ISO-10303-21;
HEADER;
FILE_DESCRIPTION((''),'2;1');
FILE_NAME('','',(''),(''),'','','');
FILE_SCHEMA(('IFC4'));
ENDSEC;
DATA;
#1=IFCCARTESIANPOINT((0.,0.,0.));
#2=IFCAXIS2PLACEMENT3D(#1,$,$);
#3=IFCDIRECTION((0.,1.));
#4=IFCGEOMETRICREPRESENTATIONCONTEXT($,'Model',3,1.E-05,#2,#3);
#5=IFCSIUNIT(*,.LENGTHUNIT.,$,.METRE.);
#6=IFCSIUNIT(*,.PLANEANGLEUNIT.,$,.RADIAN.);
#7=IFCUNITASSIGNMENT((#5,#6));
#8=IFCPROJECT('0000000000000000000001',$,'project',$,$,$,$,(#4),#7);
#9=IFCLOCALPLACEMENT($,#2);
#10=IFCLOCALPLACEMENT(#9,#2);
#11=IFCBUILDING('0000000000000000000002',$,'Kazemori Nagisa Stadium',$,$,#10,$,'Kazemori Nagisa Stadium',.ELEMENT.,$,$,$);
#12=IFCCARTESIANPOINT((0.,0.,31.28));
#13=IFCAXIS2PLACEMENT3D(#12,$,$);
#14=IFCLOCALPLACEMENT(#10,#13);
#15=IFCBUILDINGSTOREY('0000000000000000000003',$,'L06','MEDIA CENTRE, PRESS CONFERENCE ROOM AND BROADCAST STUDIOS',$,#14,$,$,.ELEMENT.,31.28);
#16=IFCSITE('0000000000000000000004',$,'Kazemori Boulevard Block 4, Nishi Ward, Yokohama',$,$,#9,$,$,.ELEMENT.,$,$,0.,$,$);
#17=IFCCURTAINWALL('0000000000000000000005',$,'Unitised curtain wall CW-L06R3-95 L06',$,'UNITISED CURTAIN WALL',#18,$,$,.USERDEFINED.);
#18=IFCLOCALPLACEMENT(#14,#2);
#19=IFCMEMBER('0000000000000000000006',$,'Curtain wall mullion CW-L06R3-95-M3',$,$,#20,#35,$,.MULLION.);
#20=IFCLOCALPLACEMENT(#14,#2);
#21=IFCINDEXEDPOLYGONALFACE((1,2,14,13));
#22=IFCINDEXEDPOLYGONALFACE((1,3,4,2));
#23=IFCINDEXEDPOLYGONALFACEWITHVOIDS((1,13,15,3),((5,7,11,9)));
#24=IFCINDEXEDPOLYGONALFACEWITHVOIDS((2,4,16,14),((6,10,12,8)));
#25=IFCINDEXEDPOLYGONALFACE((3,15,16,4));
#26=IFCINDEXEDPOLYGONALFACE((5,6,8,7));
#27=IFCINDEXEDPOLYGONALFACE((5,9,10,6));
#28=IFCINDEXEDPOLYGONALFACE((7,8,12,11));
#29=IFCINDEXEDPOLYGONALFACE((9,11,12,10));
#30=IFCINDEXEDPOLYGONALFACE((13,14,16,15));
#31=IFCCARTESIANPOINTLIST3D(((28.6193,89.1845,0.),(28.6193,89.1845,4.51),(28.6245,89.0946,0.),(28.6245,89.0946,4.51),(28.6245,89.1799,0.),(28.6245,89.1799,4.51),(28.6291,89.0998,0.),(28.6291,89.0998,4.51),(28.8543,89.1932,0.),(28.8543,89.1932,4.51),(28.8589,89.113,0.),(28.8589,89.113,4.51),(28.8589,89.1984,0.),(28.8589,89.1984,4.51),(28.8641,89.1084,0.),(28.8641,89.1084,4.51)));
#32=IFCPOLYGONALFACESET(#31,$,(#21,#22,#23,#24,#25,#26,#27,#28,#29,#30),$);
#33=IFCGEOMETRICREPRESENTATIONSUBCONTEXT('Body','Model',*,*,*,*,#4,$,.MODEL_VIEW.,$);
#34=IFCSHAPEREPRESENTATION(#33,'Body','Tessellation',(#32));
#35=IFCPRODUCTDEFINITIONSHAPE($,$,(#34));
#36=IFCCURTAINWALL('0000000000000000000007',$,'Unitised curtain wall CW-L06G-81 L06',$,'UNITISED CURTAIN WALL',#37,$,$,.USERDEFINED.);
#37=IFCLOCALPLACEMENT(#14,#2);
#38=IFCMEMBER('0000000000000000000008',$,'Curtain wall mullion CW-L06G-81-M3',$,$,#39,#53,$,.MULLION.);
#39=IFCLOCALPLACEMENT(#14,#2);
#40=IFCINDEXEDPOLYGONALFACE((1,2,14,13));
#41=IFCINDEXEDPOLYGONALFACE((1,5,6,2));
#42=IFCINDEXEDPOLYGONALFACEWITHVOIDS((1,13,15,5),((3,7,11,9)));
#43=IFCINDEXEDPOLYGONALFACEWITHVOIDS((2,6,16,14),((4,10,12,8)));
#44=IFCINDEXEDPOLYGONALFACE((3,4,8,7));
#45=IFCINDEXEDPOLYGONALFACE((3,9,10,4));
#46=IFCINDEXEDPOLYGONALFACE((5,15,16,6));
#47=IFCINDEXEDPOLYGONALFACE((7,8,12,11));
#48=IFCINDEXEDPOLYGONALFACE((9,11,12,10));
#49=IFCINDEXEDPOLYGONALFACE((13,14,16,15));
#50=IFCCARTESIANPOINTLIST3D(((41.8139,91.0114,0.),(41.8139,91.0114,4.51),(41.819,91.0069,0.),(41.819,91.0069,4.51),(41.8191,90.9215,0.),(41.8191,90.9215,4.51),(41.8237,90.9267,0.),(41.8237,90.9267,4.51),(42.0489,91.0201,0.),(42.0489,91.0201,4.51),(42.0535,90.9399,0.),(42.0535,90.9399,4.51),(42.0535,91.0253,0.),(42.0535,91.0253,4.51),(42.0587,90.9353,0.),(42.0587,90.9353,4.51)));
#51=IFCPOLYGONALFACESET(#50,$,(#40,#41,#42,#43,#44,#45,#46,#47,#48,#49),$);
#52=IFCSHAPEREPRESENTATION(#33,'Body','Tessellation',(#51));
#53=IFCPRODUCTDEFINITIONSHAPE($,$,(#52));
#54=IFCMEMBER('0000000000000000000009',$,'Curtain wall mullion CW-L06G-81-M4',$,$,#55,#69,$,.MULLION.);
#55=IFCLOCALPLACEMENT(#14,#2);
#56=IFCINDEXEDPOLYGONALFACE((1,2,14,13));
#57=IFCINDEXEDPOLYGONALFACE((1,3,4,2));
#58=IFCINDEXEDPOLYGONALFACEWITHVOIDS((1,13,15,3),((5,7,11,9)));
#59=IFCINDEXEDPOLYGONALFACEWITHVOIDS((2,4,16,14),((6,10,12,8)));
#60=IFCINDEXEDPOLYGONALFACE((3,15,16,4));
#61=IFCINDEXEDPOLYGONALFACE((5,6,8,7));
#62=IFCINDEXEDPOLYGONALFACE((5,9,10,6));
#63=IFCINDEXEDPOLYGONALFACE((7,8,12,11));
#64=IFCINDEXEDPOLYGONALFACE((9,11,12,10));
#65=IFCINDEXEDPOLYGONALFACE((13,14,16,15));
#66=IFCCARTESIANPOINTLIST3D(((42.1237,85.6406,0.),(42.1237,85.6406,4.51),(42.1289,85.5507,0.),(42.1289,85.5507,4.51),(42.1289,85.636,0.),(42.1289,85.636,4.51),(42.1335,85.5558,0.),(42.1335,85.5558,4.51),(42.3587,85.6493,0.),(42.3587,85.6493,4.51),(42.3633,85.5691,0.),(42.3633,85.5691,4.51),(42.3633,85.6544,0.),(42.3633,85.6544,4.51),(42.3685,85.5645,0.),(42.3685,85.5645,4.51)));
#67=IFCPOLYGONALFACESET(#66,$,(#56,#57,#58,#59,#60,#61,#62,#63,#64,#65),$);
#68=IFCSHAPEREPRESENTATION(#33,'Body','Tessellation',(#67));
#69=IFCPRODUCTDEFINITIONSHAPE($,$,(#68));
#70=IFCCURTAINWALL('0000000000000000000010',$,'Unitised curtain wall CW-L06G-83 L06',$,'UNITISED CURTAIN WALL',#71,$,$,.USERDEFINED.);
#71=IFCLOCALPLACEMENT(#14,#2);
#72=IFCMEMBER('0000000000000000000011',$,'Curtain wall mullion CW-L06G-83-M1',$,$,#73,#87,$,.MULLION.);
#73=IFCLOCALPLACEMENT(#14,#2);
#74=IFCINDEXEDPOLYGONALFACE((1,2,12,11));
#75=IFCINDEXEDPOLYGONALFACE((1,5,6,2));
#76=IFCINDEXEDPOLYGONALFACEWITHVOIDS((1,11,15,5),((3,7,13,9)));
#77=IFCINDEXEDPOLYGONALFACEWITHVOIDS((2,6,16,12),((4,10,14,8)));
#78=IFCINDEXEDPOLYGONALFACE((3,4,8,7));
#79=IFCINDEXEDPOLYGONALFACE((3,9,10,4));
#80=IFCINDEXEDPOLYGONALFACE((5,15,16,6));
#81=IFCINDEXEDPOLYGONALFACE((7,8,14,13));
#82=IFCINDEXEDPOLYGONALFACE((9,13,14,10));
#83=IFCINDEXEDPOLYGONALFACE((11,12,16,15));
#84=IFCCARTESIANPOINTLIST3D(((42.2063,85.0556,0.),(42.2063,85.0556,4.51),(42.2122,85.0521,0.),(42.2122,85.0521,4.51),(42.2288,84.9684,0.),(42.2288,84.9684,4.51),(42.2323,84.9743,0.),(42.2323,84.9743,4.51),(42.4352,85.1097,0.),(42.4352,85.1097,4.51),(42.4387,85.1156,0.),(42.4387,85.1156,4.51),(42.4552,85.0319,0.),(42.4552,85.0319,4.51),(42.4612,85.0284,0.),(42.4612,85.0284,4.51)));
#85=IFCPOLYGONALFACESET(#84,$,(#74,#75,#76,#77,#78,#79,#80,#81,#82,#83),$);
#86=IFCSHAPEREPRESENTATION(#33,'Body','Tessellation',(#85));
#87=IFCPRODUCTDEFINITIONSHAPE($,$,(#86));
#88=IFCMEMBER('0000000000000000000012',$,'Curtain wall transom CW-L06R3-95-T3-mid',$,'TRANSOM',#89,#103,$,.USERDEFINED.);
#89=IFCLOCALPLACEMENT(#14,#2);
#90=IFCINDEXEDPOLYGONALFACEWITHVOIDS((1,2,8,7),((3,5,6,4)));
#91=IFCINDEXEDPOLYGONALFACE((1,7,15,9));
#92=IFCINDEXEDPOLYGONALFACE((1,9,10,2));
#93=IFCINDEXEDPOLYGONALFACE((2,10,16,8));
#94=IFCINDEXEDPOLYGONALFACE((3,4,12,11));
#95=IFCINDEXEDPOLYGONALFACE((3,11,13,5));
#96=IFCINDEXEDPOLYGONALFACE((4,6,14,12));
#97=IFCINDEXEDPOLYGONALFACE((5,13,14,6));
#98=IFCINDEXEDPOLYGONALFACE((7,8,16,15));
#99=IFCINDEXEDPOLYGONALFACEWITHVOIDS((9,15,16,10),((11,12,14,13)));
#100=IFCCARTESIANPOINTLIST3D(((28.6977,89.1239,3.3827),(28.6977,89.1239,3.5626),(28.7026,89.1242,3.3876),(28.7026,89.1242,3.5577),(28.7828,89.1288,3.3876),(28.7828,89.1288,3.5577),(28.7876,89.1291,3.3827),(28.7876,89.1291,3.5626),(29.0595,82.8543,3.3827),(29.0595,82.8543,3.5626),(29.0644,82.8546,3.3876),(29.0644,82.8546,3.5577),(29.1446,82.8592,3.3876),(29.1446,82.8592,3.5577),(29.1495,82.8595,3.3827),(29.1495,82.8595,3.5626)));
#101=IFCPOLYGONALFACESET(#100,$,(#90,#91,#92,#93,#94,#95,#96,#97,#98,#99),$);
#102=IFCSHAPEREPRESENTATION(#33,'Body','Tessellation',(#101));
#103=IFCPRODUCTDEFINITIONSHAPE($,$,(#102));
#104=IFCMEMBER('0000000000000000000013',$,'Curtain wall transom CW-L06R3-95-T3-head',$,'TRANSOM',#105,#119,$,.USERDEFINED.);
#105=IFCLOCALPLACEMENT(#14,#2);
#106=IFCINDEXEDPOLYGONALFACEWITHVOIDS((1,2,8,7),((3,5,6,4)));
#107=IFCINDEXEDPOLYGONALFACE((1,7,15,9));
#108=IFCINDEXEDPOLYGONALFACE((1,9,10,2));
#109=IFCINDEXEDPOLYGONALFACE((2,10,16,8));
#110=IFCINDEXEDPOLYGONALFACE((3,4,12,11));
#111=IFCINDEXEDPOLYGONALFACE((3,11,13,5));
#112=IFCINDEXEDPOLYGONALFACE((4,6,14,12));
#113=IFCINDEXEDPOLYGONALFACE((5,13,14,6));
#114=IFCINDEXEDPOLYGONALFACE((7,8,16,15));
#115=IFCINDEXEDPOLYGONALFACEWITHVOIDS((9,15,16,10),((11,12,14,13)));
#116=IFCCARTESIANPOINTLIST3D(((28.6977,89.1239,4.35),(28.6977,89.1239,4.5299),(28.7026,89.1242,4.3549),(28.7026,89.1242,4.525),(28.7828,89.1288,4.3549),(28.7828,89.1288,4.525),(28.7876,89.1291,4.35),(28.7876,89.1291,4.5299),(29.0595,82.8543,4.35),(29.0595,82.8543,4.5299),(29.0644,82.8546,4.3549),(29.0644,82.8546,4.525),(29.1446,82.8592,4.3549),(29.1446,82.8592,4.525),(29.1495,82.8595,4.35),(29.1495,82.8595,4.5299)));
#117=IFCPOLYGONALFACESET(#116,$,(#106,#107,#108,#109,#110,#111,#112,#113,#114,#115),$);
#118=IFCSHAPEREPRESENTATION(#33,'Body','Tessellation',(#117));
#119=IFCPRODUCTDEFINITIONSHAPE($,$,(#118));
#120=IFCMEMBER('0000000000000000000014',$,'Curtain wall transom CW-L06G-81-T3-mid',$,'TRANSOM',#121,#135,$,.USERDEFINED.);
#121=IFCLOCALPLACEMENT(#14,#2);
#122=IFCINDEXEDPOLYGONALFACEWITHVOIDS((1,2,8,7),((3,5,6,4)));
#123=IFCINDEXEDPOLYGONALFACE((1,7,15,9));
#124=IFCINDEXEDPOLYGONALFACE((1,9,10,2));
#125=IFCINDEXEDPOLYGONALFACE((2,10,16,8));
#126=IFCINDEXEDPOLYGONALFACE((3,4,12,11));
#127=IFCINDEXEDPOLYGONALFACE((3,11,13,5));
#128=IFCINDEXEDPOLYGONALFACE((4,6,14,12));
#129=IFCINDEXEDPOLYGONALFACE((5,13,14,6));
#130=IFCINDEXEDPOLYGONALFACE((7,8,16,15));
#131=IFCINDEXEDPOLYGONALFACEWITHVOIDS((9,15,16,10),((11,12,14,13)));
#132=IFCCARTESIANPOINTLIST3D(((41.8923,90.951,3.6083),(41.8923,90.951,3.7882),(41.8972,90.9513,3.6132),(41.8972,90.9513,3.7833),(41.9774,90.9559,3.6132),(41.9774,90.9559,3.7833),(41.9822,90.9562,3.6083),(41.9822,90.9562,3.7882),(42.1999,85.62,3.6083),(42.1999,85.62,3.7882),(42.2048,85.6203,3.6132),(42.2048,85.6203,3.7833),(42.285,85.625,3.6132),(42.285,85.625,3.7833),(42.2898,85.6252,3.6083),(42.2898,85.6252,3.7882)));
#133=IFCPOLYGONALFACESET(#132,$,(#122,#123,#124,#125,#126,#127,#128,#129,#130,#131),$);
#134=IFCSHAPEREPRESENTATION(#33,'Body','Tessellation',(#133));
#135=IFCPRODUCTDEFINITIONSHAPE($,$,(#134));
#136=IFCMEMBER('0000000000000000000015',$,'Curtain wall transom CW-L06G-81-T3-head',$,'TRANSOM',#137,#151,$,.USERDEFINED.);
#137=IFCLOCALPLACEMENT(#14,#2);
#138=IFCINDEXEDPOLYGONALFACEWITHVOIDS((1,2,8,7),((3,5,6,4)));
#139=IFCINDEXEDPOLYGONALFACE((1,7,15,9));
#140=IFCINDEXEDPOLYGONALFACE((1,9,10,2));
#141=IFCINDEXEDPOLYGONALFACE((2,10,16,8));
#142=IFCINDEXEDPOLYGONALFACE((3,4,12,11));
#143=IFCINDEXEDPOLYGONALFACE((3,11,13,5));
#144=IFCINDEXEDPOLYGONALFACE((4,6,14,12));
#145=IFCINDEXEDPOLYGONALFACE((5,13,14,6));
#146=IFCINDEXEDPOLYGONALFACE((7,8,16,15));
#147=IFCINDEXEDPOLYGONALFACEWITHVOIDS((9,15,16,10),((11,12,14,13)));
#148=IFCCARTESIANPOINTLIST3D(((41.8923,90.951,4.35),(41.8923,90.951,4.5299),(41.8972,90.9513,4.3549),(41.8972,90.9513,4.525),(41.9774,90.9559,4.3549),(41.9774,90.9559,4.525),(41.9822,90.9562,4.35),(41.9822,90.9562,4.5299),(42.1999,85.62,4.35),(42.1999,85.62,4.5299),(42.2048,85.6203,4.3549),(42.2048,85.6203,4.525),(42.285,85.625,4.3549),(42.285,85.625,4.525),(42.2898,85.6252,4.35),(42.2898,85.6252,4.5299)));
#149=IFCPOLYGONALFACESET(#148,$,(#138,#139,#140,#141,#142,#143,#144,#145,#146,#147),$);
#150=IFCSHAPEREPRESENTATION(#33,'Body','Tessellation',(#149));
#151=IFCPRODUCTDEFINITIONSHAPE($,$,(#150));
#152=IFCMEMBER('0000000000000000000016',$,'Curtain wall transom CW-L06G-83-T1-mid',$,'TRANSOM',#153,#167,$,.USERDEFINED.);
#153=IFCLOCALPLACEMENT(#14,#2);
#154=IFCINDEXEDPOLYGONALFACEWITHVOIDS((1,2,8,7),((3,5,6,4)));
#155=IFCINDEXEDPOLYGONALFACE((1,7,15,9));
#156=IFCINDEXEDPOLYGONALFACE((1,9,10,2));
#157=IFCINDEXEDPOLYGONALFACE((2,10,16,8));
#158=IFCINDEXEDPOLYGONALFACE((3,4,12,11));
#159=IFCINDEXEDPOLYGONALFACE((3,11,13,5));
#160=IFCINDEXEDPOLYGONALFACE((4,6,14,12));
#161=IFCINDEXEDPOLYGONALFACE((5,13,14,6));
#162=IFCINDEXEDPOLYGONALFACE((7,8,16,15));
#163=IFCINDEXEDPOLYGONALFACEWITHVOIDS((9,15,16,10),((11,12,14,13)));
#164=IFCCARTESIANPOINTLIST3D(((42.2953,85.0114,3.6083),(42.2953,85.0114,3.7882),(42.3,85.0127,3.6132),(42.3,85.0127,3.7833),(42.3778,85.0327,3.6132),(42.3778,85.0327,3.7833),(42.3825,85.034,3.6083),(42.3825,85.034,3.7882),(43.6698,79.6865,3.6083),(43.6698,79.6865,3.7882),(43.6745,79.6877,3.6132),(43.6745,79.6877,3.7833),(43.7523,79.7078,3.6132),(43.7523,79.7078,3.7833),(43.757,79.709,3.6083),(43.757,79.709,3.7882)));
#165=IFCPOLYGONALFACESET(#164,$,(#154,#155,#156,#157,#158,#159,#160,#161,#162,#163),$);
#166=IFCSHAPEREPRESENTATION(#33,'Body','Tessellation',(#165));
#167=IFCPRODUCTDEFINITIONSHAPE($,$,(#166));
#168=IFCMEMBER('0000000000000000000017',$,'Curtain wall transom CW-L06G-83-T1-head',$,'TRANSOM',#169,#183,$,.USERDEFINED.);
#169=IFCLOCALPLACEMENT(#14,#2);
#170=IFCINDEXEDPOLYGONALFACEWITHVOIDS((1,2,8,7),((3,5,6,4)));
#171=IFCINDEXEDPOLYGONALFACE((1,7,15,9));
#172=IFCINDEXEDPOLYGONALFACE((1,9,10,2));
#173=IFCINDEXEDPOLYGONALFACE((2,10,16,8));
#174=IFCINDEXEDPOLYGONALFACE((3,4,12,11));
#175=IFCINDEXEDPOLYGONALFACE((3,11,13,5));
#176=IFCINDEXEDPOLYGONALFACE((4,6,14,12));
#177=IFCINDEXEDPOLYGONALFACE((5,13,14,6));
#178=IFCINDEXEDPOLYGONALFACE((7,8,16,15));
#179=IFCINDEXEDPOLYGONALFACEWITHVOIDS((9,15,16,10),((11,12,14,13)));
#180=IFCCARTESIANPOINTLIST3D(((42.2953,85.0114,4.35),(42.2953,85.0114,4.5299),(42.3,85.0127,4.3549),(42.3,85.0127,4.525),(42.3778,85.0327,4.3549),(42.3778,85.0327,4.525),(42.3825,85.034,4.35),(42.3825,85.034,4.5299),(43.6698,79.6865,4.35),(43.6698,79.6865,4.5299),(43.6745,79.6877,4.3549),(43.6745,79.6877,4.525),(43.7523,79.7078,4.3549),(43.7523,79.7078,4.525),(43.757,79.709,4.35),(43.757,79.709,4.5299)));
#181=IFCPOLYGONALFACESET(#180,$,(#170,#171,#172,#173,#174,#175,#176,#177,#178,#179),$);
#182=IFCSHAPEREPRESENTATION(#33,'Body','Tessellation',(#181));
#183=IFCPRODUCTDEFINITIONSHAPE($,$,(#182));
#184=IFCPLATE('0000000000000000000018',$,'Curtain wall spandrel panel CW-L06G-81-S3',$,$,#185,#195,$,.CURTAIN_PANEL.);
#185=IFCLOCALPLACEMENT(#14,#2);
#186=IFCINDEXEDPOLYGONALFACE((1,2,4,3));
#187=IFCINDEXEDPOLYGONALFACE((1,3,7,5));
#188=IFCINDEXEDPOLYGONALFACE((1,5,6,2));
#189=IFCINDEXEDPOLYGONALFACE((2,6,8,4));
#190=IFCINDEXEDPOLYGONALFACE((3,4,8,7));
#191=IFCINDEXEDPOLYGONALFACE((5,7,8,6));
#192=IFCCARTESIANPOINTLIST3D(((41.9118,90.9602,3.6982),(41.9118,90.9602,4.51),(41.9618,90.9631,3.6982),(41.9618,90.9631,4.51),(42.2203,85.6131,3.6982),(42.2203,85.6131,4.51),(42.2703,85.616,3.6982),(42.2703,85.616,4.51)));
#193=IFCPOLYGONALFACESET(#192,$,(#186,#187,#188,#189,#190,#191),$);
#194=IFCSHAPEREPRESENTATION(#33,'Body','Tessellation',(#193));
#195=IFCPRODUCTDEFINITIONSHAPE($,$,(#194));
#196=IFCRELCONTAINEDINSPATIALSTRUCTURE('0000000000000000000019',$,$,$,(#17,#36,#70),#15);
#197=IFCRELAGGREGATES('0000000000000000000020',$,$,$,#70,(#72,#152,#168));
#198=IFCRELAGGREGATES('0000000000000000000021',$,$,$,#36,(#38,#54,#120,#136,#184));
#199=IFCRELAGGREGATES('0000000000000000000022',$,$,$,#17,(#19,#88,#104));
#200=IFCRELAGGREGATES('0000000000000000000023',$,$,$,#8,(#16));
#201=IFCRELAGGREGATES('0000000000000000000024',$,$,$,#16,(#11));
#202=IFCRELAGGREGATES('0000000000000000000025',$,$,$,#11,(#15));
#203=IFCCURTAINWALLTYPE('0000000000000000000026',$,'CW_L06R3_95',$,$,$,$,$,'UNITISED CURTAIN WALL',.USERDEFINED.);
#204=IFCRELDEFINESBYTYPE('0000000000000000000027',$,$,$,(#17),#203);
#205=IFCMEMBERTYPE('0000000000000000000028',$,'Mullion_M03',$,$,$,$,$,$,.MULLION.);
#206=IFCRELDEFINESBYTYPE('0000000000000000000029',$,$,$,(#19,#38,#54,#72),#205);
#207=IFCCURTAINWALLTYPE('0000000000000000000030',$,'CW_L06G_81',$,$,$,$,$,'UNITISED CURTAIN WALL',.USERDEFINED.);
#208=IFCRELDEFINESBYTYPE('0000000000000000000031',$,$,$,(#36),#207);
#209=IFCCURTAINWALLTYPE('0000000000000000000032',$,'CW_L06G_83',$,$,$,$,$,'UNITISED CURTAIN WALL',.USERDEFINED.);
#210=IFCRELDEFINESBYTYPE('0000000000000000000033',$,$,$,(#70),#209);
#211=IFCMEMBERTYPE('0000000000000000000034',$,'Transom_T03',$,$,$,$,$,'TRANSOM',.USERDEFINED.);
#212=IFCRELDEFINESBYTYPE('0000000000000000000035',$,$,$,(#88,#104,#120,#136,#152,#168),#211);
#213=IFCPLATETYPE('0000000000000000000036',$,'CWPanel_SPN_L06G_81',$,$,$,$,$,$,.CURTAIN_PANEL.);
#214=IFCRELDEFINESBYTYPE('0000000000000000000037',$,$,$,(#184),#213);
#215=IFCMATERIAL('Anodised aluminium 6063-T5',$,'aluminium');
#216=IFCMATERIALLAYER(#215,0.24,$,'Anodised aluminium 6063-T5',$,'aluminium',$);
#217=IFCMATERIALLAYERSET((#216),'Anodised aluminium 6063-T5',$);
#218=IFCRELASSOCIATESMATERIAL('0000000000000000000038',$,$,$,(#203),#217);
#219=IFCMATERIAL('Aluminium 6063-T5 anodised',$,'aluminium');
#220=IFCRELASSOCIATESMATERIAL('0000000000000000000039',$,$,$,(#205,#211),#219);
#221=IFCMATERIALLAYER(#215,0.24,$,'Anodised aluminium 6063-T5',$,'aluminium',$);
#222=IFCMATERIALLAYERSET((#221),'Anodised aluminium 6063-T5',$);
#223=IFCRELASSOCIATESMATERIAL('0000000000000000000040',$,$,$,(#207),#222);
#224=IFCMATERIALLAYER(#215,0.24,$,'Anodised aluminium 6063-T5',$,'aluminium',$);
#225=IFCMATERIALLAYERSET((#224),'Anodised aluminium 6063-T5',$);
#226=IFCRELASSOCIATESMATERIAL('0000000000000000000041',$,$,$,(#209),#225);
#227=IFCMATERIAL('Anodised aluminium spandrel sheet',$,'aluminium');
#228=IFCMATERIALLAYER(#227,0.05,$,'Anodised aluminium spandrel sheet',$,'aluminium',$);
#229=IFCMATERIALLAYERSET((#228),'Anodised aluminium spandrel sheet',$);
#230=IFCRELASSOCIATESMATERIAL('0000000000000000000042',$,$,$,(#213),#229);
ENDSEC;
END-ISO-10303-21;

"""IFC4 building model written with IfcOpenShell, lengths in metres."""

from ifc_helpers import new_model, si_unit, direction, frame, origin, origin_2d, place, context, subcontext, project, spatial, rectangle, hollow_rectangle, extrude, material, layer, layer_set, material_profile, profile_set, type_object, element, aggregate, save


model = new_model("IFC4")

# Units and contexts
model_context = context("Model", 3, precision=1e-05, world=origin(), true_north=direction((0.0, 1.0)))
body_context = subcontext(model_context, "Body", "Model", "MODEL_VIEW")
ifc_project = project(units=[si_unit("LENGTHUNIT", "METRE"), si_unit("PLANEANGLEUNIT", "RADIAN")], contexts=[model_context])

# Site, building, storey
site_placement = place(None, origin())
site = spatial("IfcSite", under=ifc_project, at=site_placement, Name="Kazemori Boulevard Block 4, Nishi Ward, Yokohama", CompositionType="ELEMENT", RefElevation=0.0)
building_placement = place(site_placement, origin())
building = spatial("IfcBuilding", under=site, at=building_placement, Name="Kazemori Nagisa Stadium", LongName="Kazemori Nagisa Stadium", CompositionType="ELEMENT")
storey_placement = place(building_placement, frame((0.0, 0.0, 31.28)))
storey = spatial("IfcBuildingStorey", under=building, at=storey_placement, Name="L06", Description="MEDIA CENTRE, PRESS CONFERENCE ROOM AND BROADCAST STUDIOS", CompositionType="ELEMENT", Elevation=31.28)

# Curtain wall, member
ifc_material_1 = material(Name="Anodised aluminium 6063-T5", Category="aluminium")
ifc_layer_1 = layer(ifc_material_1, 0.24, Name="Anodised aluminium 6063-T5", Category="aluminium")
ifc_layer_set_1 = layer_set([ifc_layer_1], Name="Anodised aluminium 6063-T5")
curtain_wall_type_1 = type_object("IfcCurtainWallType", Name="CW_L06R3_95", ElementType="UNITISED CURTAIN WALL", PredefinedType="USERDEFINED", material=ifc_layer_set_1)
curtain_wall_1_placement = place(storey_placement, origin())
curtain_wall_1 = element("IfcCurtainWall", 1, at=curtain_wall_1_placement, inside=storey, type_object=curtain_wall_type_1, Name="Unitised curtain wall CW-L06R3-95 L06", ObjectType="UNITISED CURTAIN WALL", PredefinedType="USERDEFINED")
ifc_material_2 = material(Name="Aluminium 6063-T5 anodised", Category="aluminium")
ifc_material_profile_1 = material_profile(ifc_material_2, hollow_rectangle(XDim=0.0901, YDim=0.24, WallThickness=0.0049, at=origin_2d()), Name="ALU-MULL-90x240x5")
ifc_profile_set_1 = profile_set([ifc_material_profile_1], Name="Aluminium 6063-T5 anodised")
member_type_1 = type_object("IfcMemberType", Name="Mullion_M03", PredefinedType="MULLION", material=ifc_profile_set_1)
member_1_placement = place(storey_placement, frame((28.7417, 89.1465, 0.0), z_axis=(0.0, 0.0, 1.0), x_axis=(0.057602, -0.99834, 0.0)))
member_1 = element("IfcMember", 2, at=member_1_placement, type_object=member_type_1, Name="Curtain wall mullion CW-L06R3-95-M3", PredefinedType="MULLION", context=body_context, shape_type="SweptSolid", body=[
    extrude(hollow_rectangle(XDim=0.0901, YDim=0.24, WallThickness=0.0049, at=origin_2d()), origin(), (0.0, 0.0, 1.0), 4.51),
])

# Curtain wall, members
ifc_layer_2 = layer(ifc_material_1, 0.24, Name="Anodised aluminium 6063-T5", Category="aluminium")
ifc_layer_set_2 = layer_set([ifc_layer_2], Name="Anodised aluminium 6063-T5")
curtain_wall_type_2 = type_object("IfcCurtainWallType", Name="CW_L06G_81", ElementType="UNITISED CURTAIN WALL", PredefinedType="USERDEFINED", material=ifc_layer_set_2)
curtain_wall_2_placement = place(storey_placement, origin())
curtain_wall_2 = element("IfcCurtainWall", 3, at=curtain_wall_2_placement, inside=storey, type_object=curtain_wall_type_2, Name="Unitised curtain wall CW-L06G-81 L06", ObjectType="UNITISED CURTAIN WALL", PredefinedType="USERDEFINED")
member_2_placement = place(storey_placement, frame((41.9363, 90.9734, 0.0), z_axis=(0.0, 0.0, 1.0), x_axis=(0.057602, -0.99834, 0.0)))
member_2 = element("IfcMember", 4, at=member_2_placement, type_object=member_type_1, Name="Curtain wall mullion CW-L06G-81-M3", PredefinedType="MULLION", context=body_context, shape_type="SweptSolid", body=[
    extrude(hollow_rectangle(XDim=0.0901, YDim=0.24, WallThickness=0.0049, at=origin_2d()), origin(), (0.0, 0.0, 1.0), 4.51),
])
member_3_placement = place(storey_placement, frame((42.2461, 85.6025, 0.0), z_axis=(0.0, 0.0, 1.0), x_axis=(0.057602, -0.99834, 0.0)))
member_3 = element("IfcMember", 5, at=member_3_placement, type_object=member_type_1, Name="Curtain wall mullion CW-L06G-81-M4", PredefinedType="MULLION", context=body_context, shape_type="SweptSolid", body=[
    extrude(hollow_rectangle(XDim=0.0901, YDim=0.24, WallThickness=0.0049, at=origin_2d()), origin(), (0.0, 0.0, 1.0), 4.51),
])

# Curtain wall, member
ifc_layer_3 = layer(ifc_material_1, 0.24, Name="Anodised aluminium 6063-T5", Category="aluminium")
ifc_layer_set_3 = layer_set([ifc_layer_3], Name="Anodised aluminium 6063-T5")
curtain_wall_type_3 = type_object("IfcCurtainWallType", Name="CW_L06G_83", ElementType="UNITISED CURTAIN WALL", PredefinedType="USERDEFINED", material=ifc_layer_set_3)
curtain_wall_3_placement = place(storey_placement, origin())
curtain_wall_3 = element("IfcCurtainWall", 6, at=curtain_wall_3_placement, inside=storey, type_object=curtain_wall_type_3, Name="Unitised curtain wall CW-L06G-83 L06", ObjectType="UNITISED CURTAIN WALL", PredefinedType="USERDEFINED")
member_4_placement = place(storey_placement, frame((42.3337, 85.042, 0.0), z_axis=(0.0, 0.0, 1.0), x_axis=(0.249965, -0.968255, 0.0)))
member_4 = element("IfcMember", 7, at=member_4_placement, type_object=member_type_1, Name="Curtain wall mullion CW-L06G-83-M1", PredefinedType="MULLION", context=body_context, shape_type="SweptSolid", body=[
    extrude(hollow_rectangle(XDim=0.0901, YDim=0.24, WallThickness=0.0049, at=origin_2d()), origin(), (0.0, 0.0, 1.0), 4.51),
])

# Members
ifc_material_profile_2 = material_profile(ifc_material_2, hollow_rectangle(XDim=0.0901, YDim=0.1799, WallThickness=0.0049, at=origin_2d()), Name="ALU-TRAN-90x180x5")
ifc_profile_set_2 = profile_set([ifc_material_profile_2], Name="Aluminium 6063-T5 anodised")
member_type_2 = type_object("IfcMemberType", Name="Transom_T03", ElementType="TRANSOM", PredefinedType="USERDEFINED", material=ifc_profile_set_2)
member_5_placement = place(storey_placement, frame((28.7427, 89.1265, 3.4727), z_axis=(0.057614, -0.998339, 0.0), x_axis=(0.998339, 0.057614, 0.0)))
member_5 = element("IfcMember", 8, at=member_5_placement, type_object=member_type_2, Name="Curtain wall transom CW-L06R3-95-T3-mid", ObjectType="TRANSOM", PredefinedType="USERDEFINED", context=body_context, shape_type="SweptSolid", body=[
    extrude(hollow_rectangle(XDim=0.0901, YDim=0.1799, WallThickness=0.0049, at=origin_2d()), origin(), (0.0, 0.0, 1.0), 6.28),
])
member_6_placement = place(storey_placement, frame((28.7427, 89.1265, 4.4399), z_axis=(0.057614, -0.998339, 0.0), x_axis=(0.998339, 0.057614, 0.0)))
member_6 = element("IfcMember", 9, at=member_6_placement, type_object=member_type_2, Name="Curtain wall transom CW-L06R3-95-T3-head", ObjectType="TRANSOM", PredefinedType="USERDEFINED", context=body_context, shape_type="SweptSolid", body=[
    extrude(hollow_rectangle(XDim=0.0901, YDim=0.1799, WallThickness=0.0049, at=origin_2d()), origin(), (0.0, 0.0, 1.0), 6.28),
])
member_7_placement = place(storey_placement, frame((41.9373, 90.9536, 3.6982), z_axis=(0.057607, -0.998339, 0.0), x_axis=(0.998339, 0.057607, 0.0)))
member_7 = element("IfcMember", 10, at=member_7_placement, type_object=member_type_2, Name="Curtain wall transom CW-L06G-81-T3-mid", ObjectType="TRANSOM", PredefinedType="USERDEFINED", context=body_context, shape_type="SweptSolid", body=[
    extrude(hollow_rectangle(XDim=0.0901, YDim=0.1799, WallThickness=0.0049, at=origin_2d()), origin(), (0.0, 0.0, 1.0), 5.3398),
])
member_8_placement = place(storey_placement, frame((41.9373, 90.9536, 4.4399), z_axis=(0.057607, -0.998339, 0.0), x_axis=(0.998339, 0.057607, 0.0)))
member_8 = element("IfcMember", 11, at=member_8_placement, type_object=member_type_2, Name="Curtain wall transom CW-L06G-81-T3-head", ObjectType="TRANSOM", PredefinedType="USERDEFINED", context=body_context, shape_type="SweptSolid", body=[
    extrude(hollow_rectangle(XDim=0.0901, YDim=0.1799, WallThickness=0.0049, at=origin_2d()), origin(), (0.0, 0.0, 1.0), 5.3398),
])
member_9_placement = place(storey_placement, frame((42.3389, 85.0227, 3.6982), z_axis=(0.249934, -0.968263, 0.0), x_axis=(0.968263, 0.249934, 0.0)))
member_9 = element("IfcMember", 12, at=member_9_placement, type_object=member_type_2, Name="Curtain wall transom CW-L06G-83-T1-mid", ObjectType="TRANSOM", PredefinedType="USERDEFINED", context=body_context, shape_type="SweptSolid", body=[
    extrude(hollow_rectangle(XDim=0.0901, YDim=0.1799, WallThickness=0.0049, at=origin_2d()), origin(), (0.0, 0.0, 1.0), 5.4995),
])
member_10_placement = place(storey_placement, frame((42.3389, 85.0227, 4.4399), z_axis=(0.249934, -0.968263, 0.0), x_axis=(0.968263, 0.249934, 0.0)))
member_10 = element("IfcMember", 13, at=member_10_placement, type_object=member_type_2, Name="Curtain wall transom CW-L06G-83-T1-head", ObjectType="TRANSOM", PredefinedType="USERDEFINED", context=body_context, shape_type="SweptSolid", body=[
    extrude(hollow_rectangle(XDim=0.0901, YDim=0.1799, WallThickness=0.0049, at=origin_2d()), origin(), (0.0, 0.0, 1.0), 5.4995),
])
aggregate(curtain_wall_3, [member_4, member_9, member_10])

# Plate
ifc_material_3 = material(Name="Anodised aluminium spandrel sheet", Category="aluminium")
ifc_layer_4 = layer(ifc_material_3, 0.05, Name="Anodised aluminium spandrel sheet", Category="aluminium")
ifc_layer_set_4 = layer_set([ifc_layer_4], Name="Anodised aluminium spandrel sheet")
plate_type_1 = type_object("IfcPlateType", Name="CWPanel_SPN_L06G_81", PredefinedType="CURTAIN_PANEL", material=ifc_layer_set_4)
plate_1_placement = place(storey_placement, frame((42.0911, 88.2881, 3.6982), z_axis=(0.0, 0.0, 1.0), x_axis=(0.057602, -0.99834, 0.0)))
plate_1 = element("IfcPlate", 14, at=plate_1_placement, type_object=plate_type_1, Name="Curtain wall spandrel panel CW-L06G-81-S3", PredefinedType="CURTAIN_PANEL", context=body_context, shape_type="SweptSolid", body=[
    extrude(rectangle(XDim=5.356, YDim=0.05, at=origin_2d()), origin(), (0.0, 0.0, 1.0), 0.8118),
])
aggregate(curtain_wall_2, [member_2, member_3, member_7, member_8, plate_1])
aggregate(curtain_wall_1, [member_1, member_5, member_6])

save(model, "model.ifc")
